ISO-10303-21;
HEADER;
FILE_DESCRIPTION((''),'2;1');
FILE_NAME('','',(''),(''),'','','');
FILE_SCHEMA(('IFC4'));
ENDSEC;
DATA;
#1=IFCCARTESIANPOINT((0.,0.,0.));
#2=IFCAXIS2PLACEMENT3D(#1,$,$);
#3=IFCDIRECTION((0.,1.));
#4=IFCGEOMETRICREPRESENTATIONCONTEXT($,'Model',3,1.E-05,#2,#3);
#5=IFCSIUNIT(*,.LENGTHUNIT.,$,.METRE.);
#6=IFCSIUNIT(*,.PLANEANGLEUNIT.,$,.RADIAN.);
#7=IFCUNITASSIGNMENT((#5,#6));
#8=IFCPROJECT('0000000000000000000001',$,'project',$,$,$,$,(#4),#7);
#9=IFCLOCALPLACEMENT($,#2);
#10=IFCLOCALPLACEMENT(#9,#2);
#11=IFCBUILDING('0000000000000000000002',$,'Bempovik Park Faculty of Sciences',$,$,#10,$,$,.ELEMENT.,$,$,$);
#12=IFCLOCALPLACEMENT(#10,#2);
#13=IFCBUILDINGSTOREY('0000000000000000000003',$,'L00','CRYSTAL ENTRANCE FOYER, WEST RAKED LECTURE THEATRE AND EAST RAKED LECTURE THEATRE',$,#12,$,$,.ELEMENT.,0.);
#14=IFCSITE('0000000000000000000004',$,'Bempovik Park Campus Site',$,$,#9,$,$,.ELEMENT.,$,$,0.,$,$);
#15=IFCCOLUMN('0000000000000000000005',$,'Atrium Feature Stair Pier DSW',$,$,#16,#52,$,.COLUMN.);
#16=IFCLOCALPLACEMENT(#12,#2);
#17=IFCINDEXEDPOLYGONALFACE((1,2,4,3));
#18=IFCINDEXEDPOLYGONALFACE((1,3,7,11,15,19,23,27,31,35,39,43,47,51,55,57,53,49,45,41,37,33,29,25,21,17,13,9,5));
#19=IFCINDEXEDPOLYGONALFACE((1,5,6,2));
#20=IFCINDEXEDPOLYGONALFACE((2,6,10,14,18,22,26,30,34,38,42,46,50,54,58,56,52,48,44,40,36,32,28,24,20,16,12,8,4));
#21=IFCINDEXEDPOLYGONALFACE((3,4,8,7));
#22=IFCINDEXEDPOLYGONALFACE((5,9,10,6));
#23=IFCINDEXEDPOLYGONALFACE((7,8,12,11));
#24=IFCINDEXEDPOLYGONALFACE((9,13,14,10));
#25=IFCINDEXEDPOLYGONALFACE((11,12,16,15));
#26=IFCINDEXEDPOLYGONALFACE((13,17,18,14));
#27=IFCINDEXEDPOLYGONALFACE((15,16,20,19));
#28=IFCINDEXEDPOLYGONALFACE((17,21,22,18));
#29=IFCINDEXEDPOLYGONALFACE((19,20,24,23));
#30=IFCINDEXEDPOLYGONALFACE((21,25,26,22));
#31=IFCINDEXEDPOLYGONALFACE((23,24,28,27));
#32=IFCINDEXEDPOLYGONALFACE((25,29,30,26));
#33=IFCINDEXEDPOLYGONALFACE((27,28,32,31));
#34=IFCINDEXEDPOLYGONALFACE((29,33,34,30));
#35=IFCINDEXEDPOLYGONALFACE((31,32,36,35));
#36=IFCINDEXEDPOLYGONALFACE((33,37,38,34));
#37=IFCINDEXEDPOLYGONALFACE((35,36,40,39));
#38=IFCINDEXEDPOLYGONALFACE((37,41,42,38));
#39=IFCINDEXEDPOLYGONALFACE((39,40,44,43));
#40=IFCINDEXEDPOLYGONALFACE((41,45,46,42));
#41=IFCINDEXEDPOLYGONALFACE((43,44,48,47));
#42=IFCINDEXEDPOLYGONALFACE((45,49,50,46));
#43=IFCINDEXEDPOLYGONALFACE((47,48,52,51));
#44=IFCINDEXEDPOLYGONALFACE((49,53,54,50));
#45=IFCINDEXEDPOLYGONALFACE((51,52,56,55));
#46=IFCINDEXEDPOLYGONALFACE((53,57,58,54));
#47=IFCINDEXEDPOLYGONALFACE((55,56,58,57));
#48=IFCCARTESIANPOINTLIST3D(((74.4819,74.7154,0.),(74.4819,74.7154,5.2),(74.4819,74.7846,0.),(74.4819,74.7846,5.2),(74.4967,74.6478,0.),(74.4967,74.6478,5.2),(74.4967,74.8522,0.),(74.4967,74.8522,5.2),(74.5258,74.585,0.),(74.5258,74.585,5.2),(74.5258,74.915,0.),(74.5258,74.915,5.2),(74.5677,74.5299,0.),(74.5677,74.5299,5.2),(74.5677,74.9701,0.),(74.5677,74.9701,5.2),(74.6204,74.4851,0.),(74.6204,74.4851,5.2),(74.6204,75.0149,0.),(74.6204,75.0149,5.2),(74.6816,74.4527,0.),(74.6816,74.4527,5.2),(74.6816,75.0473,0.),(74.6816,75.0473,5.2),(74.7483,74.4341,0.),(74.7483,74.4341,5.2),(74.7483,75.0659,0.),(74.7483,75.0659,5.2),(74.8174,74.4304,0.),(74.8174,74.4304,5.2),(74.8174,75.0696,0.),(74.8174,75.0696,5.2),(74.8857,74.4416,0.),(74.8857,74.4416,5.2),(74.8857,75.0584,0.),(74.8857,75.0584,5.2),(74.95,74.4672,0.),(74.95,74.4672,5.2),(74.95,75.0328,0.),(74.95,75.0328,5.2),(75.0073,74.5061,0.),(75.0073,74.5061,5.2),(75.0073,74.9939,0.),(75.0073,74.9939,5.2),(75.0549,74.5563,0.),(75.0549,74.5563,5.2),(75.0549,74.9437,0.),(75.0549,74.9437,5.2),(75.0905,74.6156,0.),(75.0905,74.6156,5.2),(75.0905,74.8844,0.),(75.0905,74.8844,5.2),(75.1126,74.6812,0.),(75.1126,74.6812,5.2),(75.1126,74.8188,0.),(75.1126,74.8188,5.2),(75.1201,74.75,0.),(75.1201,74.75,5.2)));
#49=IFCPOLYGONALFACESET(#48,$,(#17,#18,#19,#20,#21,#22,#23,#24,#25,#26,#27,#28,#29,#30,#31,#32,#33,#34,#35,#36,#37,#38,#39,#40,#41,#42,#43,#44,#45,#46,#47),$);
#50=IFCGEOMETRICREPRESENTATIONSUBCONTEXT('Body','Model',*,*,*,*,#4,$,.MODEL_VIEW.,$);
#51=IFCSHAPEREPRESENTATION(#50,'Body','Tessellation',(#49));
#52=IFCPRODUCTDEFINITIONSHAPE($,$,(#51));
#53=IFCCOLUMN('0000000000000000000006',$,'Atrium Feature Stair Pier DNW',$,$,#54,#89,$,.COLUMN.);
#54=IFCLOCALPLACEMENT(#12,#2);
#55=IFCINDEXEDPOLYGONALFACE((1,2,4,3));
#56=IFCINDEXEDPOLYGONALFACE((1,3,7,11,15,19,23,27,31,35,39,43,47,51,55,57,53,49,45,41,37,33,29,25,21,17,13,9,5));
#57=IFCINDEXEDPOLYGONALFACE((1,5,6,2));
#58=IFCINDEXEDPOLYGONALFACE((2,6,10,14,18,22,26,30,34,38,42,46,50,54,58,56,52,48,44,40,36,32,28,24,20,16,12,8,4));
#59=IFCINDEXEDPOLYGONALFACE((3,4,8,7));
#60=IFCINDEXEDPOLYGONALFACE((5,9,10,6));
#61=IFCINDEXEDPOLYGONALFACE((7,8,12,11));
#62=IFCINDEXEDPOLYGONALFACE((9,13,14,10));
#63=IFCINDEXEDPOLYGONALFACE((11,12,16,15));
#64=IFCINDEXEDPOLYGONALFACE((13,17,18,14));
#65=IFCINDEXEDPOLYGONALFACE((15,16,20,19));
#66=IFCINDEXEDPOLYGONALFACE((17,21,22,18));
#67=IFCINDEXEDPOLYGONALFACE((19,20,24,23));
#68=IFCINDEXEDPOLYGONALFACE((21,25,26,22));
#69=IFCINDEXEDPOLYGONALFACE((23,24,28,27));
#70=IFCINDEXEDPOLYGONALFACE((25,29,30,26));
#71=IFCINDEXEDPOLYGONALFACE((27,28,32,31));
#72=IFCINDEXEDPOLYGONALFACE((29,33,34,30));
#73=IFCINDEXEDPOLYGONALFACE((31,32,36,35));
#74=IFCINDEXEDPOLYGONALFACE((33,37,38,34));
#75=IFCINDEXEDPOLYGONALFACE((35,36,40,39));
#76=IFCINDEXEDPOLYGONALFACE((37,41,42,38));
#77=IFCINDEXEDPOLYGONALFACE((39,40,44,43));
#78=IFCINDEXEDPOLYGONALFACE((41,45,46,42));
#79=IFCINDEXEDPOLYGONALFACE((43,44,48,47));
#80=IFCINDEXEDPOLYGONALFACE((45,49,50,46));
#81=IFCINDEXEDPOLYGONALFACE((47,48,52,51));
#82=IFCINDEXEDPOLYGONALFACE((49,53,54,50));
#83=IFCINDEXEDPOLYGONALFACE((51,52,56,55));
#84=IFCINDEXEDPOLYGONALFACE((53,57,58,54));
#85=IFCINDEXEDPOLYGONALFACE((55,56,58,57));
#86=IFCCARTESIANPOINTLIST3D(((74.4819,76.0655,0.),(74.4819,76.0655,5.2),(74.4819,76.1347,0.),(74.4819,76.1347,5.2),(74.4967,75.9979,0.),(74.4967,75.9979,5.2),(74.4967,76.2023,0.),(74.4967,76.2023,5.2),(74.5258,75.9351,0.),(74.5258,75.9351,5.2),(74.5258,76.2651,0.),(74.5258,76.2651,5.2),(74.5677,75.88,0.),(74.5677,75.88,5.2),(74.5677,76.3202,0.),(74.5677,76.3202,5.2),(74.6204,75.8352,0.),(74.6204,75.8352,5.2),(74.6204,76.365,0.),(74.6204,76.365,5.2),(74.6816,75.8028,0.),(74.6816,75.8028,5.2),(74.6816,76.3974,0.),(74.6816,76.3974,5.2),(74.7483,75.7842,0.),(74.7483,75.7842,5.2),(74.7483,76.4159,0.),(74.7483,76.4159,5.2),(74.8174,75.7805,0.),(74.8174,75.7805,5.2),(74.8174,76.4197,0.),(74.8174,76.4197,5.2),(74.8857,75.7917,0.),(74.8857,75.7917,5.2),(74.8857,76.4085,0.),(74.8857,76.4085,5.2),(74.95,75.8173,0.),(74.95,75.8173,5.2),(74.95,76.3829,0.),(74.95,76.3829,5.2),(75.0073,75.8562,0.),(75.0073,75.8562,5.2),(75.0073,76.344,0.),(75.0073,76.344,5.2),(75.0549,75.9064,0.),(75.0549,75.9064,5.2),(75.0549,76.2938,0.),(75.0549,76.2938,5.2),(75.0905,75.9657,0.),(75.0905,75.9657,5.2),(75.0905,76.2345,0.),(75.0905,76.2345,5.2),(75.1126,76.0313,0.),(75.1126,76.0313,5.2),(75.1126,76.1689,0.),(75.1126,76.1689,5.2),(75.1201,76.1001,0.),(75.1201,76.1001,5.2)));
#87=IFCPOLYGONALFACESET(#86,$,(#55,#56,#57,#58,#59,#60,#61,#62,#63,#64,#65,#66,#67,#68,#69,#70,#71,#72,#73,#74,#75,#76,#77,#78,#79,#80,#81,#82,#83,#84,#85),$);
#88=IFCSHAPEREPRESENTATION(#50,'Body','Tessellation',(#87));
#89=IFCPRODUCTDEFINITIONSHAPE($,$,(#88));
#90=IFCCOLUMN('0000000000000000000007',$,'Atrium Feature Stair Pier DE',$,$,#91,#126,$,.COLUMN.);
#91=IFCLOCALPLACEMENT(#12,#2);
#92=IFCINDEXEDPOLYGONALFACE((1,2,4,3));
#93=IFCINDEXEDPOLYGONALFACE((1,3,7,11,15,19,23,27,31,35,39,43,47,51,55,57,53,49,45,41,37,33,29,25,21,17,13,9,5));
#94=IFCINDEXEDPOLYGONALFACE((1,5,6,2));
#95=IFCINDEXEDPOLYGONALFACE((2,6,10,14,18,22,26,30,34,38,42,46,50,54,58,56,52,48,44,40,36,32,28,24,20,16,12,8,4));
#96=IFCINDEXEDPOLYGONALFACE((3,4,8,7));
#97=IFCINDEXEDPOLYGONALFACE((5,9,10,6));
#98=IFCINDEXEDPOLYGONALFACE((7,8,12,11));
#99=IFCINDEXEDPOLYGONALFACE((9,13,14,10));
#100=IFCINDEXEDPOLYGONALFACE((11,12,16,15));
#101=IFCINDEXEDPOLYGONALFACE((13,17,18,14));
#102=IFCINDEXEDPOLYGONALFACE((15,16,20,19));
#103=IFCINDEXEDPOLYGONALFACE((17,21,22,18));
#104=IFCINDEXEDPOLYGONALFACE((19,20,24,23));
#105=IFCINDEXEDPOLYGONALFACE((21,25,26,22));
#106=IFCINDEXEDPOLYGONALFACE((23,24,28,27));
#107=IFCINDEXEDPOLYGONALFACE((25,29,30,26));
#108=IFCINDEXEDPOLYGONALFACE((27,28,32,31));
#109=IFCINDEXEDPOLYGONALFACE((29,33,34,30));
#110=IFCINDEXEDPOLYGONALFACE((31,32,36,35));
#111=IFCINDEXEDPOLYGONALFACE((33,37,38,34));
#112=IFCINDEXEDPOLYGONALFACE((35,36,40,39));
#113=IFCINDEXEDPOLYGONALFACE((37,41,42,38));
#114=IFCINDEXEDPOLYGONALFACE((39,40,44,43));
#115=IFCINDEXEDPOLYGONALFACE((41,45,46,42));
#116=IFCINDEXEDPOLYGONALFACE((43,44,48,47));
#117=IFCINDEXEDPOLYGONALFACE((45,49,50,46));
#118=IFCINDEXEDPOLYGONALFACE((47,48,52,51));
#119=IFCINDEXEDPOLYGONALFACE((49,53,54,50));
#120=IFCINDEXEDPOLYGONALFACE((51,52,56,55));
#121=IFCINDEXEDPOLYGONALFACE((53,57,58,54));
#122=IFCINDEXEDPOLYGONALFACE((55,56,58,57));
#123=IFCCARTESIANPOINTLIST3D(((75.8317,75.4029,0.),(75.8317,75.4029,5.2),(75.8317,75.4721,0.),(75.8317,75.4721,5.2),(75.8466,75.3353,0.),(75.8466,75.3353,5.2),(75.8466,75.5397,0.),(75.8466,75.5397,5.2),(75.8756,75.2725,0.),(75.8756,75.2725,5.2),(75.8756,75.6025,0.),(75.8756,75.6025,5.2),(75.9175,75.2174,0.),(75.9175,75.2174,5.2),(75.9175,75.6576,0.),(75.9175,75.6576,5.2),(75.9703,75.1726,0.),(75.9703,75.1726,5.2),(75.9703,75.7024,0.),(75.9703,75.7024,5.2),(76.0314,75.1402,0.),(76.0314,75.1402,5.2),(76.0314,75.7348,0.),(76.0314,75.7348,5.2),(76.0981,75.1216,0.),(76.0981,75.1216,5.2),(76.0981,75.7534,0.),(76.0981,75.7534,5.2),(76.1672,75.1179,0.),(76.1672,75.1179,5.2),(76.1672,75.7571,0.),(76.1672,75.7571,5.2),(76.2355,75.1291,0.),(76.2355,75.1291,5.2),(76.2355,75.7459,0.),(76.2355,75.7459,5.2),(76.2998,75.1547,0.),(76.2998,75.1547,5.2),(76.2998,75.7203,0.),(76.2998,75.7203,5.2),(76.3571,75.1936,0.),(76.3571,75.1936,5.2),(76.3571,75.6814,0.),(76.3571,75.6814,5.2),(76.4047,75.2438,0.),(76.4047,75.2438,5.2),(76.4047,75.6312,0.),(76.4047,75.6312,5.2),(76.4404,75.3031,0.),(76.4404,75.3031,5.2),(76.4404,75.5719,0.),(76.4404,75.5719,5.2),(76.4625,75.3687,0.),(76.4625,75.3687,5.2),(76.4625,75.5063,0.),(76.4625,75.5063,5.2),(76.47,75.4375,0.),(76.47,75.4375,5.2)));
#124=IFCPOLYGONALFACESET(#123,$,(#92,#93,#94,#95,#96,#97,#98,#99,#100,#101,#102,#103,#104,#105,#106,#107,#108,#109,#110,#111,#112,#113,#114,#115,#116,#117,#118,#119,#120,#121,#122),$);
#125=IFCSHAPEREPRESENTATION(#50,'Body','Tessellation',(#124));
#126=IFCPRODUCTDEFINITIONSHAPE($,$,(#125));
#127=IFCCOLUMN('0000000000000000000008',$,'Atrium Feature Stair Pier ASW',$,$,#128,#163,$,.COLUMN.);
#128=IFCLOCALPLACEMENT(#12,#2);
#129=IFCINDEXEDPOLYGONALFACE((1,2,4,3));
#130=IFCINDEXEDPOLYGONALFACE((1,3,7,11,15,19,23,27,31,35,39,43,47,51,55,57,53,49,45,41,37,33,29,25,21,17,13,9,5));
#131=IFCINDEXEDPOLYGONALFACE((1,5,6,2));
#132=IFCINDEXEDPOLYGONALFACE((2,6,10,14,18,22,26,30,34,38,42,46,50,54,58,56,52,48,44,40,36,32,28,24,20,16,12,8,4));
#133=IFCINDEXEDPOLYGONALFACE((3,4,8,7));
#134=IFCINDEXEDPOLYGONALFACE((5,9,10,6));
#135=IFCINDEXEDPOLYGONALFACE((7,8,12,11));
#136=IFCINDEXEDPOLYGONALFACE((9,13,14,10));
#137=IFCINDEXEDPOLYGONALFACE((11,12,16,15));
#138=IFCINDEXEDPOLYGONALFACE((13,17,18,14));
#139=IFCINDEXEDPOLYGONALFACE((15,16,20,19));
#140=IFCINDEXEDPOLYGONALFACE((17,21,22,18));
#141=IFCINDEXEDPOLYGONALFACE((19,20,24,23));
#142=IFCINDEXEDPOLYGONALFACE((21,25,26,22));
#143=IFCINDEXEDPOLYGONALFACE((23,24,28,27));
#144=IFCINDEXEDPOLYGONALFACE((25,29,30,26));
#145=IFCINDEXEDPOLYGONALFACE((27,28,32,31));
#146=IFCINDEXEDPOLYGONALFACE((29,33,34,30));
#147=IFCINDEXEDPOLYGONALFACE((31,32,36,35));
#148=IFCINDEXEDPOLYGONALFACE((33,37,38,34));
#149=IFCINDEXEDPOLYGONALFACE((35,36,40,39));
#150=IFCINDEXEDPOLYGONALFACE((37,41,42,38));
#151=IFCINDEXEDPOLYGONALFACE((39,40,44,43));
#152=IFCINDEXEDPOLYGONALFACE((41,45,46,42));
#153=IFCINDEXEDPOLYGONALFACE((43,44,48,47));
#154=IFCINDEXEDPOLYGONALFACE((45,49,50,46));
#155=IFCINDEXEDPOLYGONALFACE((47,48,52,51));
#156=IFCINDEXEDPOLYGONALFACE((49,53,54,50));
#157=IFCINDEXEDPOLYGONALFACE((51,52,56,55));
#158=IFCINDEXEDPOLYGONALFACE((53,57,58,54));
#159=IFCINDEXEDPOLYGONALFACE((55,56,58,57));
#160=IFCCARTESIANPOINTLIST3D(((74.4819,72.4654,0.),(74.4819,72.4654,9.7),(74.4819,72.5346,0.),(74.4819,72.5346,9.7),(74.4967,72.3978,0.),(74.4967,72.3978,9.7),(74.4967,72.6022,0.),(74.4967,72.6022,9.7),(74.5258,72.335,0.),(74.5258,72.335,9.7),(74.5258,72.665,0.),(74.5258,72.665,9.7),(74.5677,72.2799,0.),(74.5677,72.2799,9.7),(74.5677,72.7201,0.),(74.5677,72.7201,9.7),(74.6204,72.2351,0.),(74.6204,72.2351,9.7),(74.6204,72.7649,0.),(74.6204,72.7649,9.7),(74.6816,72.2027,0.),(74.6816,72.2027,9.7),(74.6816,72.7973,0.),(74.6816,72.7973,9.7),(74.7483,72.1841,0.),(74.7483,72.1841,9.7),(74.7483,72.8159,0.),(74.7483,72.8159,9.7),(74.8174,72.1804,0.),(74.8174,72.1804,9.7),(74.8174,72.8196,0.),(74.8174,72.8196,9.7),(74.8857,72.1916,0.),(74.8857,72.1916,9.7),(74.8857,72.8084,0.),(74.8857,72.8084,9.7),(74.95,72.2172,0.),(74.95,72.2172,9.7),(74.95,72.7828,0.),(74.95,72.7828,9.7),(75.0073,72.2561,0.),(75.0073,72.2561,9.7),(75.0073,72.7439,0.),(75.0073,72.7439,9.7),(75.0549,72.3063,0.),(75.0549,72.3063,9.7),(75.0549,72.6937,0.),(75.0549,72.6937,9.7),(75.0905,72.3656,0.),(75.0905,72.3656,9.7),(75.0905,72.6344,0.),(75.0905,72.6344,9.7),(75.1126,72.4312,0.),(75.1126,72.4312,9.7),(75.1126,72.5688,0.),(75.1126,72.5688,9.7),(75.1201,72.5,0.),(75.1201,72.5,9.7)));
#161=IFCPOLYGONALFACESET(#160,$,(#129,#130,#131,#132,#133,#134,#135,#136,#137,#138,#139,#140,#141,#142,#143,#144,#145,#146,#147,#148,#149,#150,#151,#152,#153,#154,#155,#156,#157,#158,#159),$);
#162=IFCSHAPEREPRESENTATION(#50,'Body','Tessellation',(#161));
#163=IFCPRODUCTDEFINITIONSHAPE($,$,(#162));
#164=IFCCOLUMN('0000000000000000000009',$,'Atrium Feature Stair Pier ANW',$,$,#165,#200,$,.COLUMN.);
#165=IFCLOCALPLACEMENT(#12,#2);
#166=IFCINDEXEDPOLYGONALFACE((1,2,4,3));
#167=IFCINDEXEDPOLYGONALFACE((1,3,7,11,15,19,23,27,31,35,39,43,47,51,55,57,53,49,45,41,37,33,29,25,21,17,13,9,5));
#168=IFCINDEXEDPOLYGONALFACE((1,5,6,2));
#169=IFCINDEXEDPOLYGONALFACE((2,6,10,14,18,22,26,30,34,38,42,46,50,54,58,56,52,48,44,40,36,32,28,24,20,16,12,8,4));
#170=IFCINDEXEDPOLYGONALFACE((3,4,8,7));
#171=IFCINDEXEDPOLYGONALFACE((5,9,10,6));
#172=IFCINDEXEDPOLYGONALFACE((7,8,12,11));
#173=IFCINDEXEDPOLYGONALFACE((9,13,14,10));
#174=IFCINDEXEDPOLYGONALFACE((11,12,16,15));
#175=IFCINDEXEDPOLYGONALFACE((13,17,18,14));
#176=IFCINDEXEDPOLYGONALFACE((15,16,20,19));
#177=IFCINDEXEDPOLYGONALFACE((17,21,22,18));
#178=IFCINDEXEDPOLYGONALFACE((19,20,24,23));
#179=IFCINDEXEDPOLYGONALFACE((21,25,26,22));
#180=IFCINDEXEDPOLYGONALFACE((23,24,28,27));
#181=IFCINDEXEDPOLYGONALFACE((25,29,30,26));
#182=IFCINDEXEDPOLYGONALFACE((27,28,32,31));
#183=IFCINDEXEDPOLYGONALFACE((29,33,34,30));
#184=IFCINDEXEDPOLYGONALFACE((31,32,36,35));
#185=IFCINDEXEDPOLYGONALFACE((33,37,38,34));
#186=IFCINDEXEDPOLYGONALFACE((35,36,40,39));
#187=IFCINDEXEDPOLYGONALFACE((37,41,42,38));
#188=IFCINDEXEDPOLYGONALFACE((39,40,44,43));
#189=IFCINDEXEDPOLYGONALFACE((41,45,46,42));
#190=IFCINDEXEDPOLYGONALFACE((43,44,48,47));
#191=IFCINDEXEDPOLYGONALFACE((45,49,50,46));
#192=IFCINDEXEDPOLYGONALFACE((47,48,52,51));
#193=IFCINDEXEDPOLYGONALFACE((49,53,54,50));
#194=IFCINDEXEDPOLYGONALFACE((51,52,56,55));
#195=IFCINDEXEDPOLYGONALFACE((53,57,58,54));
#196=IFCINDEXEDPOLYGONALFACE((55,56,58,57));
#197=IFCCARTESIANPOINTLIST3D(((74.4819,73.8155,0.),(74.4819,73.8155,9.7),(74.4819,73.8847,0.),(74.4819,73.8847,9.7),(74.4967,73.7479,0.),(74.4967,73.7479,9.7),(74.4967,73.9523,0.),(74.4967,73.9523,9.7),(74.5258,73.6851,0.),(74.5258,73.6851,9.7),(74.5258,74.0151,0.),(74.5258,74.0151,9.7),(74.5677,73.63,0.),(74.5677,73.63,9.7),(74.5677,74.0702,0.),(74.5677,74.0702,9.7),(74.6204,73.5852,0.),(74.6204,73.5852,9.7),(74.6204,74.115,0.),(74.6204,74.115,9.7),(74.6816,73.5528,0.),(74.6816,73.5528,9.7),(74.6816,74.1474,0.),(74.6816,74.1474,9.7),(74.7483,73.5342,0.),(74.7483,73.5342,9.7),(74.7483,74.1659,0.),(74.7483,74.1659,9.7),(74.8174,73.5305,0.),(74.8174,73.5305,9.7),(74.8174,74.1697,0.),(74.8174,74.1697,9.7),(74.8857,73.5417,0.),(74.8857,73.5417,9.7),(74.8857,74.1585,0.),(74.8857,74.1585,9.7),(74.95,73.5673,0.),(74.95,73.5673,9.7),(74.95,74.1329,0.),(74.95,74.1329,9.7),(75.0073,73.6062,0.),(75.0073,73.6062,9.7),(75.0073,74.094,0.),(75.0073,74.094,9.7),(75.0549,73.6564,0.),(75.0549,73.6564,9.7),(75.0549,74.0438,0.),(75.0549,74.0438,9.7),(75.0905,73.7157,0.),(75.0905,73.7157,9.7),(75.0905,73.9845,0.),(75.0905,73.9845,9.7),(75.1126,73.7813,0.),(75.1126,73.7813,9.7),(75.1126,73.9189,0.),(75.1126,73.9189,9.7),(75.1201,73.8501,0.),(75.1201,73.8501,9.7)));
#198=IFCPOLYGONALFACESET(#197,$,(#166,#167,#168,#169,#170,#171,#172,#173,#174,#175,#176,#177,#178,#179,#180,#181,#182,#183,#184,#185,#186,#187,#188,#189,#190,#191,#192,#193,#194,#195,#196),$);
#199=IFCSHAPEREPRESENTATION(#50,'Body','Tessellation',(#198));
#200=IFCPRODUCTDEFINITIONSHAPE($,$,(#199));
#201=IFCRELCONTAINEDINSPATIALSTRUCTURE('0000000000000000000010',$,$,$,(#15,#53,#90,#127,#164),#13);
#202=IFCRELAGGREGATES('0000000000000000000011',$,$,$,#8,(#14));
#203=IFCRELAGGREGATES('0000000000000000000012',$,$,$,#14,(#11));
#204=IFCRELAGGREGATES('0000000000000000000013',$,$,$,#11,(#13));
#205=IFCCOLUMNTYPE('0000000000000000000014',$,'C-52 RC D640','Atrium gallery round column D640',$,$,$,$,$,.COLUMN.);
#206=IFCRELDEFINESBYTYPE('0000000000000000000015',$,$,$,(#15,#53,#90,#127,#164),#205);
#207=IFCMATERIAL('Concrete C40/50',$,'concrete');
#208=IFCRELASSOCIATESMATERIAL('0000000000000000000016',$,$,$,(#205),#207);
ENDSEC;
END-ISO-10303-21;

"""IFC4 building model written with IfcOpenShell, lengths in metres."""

from ifc_helpers import new_model, si_unit, direction, frame, origin, origin_2d, place, context, subcontext, project, spatial, circle, extrude, material, material_profile, profile_set, type_object, element, save


model = new_model("IFC4")

# Units and contexts
model_context = context("Model", 3, precision=1e-05, world=origin(), true_north=direction((0.0, 1.0)))
body_context = subcontext(model_context, "Body", "Model", "MODEL_VIEW")
ifc_project = project(units=[si_unit("LENGTHUNIT", "METRE"), si_unit("PLANEANGLEUNIT", "RADIAN")], contexts=[model_context])

# Site, building, storey
site_placement = place(None, origin())
site = spatial("IfcSite", under=ifc_project, at=site_placement, Name="Bempovik Park Campus Site", CompositionType="ELEMENT", RefElevation=0.0)
building_placement = place(site_placement, origin())
building = spatial("IfcBuilding", under=site, at=building_placement, Name="Bempovik Park Faculty of Sciences", CompositionType="ELEMENT")
storey_placement = place(building_placement, origin())
storey = spatial("IfcBuildingStorey", under=building, at=storey_placement, Name="L00", Description="CRYSTAL ENTRANCE FOYER, WEST RAKED LECTURE THEATRE AND EAST RAKED LECTURE THEATRE", CompositionType="ELEMENT", Elevation=0.0)

# Columns
ifc_material_1 = material(Name="Concrete C40/50", Category="concrete")
ifc_material_profile_1 = material_profile(ifc_material_1, circle(Radius=0.3201, at=origin_2d()), Name="RC D640")
ifc_profile_set_1 = profile_set([ifc_material_profile_1], Name="Concrete C40/50")
column_type_1 = type_object("IfcColumnType", Name="C-52 RC D640", Description="Atrium gallery round column D640", PredefinedType="COLUMN", material=ifc_profile_set_1)
for number, where, z_axis, x_axis, name in (
    (1, (74.8, 74.75, 0.0), (0.0, 0.0, 1.0), (1.0, 0.0, 0.0), "Atrium Feature Stair Pier DSW"),
    (2, (74.8, 76.1001, 0.0), (0.0, 0.0, 1.0), (1.0, 0.0, 0.0), "Atrium Feature Stair Pier DNW"),
    (3, (76.1499, 75.4375, 0.0), (0.0, 0.0, 1.0), (1.0, 0.0, 0.0), "Atrium Feature Stair Pier DE"),
):
    element("IfcColumn", number, at=place(storey_placement, frame(where, z_axis=z_axis, x_axis=x_axis)), inside=storey, type_object=column_type_1, Name=name, PredefinedType="COLUMN", context=body_context, shape_type="SweptSolid", body=[
        extrude(circle(Radius=0.3201, at=origin_2d()), origin(), (0.0, 0.0, 1.0), 5.2),
    ])
for number, where, z_axis, x_axis, name in (
    (4, (74.8, 72.5, 0.0), (0.0, 0.0, 1.0), (1.0, 0.0, 0.0), "Atrium Feature Stair Pier ASW"),
    (5, (74.8, 73.8501, 0.0), (0.0, 0.0, 1.0), (1.0, 0.0, 0.0), "Atrium Feature Stair Pier ANW"),
):
    element("IfcColumn", number, at=place(storey_placement, frame(where, z_axis=z_axis, x_axis=x_axis)), inside=storey, type_object=column_type_1, Name=name, PredefinedType="COLUMN", context=body_context, shape_type="SweptSolid", body=[
        extrude(circle(Radius=0.3201, at=origin_2d()), origin(), (0.0, 0.0, 1.0), 9.7),
    ])

save(model, "model.ifc")
